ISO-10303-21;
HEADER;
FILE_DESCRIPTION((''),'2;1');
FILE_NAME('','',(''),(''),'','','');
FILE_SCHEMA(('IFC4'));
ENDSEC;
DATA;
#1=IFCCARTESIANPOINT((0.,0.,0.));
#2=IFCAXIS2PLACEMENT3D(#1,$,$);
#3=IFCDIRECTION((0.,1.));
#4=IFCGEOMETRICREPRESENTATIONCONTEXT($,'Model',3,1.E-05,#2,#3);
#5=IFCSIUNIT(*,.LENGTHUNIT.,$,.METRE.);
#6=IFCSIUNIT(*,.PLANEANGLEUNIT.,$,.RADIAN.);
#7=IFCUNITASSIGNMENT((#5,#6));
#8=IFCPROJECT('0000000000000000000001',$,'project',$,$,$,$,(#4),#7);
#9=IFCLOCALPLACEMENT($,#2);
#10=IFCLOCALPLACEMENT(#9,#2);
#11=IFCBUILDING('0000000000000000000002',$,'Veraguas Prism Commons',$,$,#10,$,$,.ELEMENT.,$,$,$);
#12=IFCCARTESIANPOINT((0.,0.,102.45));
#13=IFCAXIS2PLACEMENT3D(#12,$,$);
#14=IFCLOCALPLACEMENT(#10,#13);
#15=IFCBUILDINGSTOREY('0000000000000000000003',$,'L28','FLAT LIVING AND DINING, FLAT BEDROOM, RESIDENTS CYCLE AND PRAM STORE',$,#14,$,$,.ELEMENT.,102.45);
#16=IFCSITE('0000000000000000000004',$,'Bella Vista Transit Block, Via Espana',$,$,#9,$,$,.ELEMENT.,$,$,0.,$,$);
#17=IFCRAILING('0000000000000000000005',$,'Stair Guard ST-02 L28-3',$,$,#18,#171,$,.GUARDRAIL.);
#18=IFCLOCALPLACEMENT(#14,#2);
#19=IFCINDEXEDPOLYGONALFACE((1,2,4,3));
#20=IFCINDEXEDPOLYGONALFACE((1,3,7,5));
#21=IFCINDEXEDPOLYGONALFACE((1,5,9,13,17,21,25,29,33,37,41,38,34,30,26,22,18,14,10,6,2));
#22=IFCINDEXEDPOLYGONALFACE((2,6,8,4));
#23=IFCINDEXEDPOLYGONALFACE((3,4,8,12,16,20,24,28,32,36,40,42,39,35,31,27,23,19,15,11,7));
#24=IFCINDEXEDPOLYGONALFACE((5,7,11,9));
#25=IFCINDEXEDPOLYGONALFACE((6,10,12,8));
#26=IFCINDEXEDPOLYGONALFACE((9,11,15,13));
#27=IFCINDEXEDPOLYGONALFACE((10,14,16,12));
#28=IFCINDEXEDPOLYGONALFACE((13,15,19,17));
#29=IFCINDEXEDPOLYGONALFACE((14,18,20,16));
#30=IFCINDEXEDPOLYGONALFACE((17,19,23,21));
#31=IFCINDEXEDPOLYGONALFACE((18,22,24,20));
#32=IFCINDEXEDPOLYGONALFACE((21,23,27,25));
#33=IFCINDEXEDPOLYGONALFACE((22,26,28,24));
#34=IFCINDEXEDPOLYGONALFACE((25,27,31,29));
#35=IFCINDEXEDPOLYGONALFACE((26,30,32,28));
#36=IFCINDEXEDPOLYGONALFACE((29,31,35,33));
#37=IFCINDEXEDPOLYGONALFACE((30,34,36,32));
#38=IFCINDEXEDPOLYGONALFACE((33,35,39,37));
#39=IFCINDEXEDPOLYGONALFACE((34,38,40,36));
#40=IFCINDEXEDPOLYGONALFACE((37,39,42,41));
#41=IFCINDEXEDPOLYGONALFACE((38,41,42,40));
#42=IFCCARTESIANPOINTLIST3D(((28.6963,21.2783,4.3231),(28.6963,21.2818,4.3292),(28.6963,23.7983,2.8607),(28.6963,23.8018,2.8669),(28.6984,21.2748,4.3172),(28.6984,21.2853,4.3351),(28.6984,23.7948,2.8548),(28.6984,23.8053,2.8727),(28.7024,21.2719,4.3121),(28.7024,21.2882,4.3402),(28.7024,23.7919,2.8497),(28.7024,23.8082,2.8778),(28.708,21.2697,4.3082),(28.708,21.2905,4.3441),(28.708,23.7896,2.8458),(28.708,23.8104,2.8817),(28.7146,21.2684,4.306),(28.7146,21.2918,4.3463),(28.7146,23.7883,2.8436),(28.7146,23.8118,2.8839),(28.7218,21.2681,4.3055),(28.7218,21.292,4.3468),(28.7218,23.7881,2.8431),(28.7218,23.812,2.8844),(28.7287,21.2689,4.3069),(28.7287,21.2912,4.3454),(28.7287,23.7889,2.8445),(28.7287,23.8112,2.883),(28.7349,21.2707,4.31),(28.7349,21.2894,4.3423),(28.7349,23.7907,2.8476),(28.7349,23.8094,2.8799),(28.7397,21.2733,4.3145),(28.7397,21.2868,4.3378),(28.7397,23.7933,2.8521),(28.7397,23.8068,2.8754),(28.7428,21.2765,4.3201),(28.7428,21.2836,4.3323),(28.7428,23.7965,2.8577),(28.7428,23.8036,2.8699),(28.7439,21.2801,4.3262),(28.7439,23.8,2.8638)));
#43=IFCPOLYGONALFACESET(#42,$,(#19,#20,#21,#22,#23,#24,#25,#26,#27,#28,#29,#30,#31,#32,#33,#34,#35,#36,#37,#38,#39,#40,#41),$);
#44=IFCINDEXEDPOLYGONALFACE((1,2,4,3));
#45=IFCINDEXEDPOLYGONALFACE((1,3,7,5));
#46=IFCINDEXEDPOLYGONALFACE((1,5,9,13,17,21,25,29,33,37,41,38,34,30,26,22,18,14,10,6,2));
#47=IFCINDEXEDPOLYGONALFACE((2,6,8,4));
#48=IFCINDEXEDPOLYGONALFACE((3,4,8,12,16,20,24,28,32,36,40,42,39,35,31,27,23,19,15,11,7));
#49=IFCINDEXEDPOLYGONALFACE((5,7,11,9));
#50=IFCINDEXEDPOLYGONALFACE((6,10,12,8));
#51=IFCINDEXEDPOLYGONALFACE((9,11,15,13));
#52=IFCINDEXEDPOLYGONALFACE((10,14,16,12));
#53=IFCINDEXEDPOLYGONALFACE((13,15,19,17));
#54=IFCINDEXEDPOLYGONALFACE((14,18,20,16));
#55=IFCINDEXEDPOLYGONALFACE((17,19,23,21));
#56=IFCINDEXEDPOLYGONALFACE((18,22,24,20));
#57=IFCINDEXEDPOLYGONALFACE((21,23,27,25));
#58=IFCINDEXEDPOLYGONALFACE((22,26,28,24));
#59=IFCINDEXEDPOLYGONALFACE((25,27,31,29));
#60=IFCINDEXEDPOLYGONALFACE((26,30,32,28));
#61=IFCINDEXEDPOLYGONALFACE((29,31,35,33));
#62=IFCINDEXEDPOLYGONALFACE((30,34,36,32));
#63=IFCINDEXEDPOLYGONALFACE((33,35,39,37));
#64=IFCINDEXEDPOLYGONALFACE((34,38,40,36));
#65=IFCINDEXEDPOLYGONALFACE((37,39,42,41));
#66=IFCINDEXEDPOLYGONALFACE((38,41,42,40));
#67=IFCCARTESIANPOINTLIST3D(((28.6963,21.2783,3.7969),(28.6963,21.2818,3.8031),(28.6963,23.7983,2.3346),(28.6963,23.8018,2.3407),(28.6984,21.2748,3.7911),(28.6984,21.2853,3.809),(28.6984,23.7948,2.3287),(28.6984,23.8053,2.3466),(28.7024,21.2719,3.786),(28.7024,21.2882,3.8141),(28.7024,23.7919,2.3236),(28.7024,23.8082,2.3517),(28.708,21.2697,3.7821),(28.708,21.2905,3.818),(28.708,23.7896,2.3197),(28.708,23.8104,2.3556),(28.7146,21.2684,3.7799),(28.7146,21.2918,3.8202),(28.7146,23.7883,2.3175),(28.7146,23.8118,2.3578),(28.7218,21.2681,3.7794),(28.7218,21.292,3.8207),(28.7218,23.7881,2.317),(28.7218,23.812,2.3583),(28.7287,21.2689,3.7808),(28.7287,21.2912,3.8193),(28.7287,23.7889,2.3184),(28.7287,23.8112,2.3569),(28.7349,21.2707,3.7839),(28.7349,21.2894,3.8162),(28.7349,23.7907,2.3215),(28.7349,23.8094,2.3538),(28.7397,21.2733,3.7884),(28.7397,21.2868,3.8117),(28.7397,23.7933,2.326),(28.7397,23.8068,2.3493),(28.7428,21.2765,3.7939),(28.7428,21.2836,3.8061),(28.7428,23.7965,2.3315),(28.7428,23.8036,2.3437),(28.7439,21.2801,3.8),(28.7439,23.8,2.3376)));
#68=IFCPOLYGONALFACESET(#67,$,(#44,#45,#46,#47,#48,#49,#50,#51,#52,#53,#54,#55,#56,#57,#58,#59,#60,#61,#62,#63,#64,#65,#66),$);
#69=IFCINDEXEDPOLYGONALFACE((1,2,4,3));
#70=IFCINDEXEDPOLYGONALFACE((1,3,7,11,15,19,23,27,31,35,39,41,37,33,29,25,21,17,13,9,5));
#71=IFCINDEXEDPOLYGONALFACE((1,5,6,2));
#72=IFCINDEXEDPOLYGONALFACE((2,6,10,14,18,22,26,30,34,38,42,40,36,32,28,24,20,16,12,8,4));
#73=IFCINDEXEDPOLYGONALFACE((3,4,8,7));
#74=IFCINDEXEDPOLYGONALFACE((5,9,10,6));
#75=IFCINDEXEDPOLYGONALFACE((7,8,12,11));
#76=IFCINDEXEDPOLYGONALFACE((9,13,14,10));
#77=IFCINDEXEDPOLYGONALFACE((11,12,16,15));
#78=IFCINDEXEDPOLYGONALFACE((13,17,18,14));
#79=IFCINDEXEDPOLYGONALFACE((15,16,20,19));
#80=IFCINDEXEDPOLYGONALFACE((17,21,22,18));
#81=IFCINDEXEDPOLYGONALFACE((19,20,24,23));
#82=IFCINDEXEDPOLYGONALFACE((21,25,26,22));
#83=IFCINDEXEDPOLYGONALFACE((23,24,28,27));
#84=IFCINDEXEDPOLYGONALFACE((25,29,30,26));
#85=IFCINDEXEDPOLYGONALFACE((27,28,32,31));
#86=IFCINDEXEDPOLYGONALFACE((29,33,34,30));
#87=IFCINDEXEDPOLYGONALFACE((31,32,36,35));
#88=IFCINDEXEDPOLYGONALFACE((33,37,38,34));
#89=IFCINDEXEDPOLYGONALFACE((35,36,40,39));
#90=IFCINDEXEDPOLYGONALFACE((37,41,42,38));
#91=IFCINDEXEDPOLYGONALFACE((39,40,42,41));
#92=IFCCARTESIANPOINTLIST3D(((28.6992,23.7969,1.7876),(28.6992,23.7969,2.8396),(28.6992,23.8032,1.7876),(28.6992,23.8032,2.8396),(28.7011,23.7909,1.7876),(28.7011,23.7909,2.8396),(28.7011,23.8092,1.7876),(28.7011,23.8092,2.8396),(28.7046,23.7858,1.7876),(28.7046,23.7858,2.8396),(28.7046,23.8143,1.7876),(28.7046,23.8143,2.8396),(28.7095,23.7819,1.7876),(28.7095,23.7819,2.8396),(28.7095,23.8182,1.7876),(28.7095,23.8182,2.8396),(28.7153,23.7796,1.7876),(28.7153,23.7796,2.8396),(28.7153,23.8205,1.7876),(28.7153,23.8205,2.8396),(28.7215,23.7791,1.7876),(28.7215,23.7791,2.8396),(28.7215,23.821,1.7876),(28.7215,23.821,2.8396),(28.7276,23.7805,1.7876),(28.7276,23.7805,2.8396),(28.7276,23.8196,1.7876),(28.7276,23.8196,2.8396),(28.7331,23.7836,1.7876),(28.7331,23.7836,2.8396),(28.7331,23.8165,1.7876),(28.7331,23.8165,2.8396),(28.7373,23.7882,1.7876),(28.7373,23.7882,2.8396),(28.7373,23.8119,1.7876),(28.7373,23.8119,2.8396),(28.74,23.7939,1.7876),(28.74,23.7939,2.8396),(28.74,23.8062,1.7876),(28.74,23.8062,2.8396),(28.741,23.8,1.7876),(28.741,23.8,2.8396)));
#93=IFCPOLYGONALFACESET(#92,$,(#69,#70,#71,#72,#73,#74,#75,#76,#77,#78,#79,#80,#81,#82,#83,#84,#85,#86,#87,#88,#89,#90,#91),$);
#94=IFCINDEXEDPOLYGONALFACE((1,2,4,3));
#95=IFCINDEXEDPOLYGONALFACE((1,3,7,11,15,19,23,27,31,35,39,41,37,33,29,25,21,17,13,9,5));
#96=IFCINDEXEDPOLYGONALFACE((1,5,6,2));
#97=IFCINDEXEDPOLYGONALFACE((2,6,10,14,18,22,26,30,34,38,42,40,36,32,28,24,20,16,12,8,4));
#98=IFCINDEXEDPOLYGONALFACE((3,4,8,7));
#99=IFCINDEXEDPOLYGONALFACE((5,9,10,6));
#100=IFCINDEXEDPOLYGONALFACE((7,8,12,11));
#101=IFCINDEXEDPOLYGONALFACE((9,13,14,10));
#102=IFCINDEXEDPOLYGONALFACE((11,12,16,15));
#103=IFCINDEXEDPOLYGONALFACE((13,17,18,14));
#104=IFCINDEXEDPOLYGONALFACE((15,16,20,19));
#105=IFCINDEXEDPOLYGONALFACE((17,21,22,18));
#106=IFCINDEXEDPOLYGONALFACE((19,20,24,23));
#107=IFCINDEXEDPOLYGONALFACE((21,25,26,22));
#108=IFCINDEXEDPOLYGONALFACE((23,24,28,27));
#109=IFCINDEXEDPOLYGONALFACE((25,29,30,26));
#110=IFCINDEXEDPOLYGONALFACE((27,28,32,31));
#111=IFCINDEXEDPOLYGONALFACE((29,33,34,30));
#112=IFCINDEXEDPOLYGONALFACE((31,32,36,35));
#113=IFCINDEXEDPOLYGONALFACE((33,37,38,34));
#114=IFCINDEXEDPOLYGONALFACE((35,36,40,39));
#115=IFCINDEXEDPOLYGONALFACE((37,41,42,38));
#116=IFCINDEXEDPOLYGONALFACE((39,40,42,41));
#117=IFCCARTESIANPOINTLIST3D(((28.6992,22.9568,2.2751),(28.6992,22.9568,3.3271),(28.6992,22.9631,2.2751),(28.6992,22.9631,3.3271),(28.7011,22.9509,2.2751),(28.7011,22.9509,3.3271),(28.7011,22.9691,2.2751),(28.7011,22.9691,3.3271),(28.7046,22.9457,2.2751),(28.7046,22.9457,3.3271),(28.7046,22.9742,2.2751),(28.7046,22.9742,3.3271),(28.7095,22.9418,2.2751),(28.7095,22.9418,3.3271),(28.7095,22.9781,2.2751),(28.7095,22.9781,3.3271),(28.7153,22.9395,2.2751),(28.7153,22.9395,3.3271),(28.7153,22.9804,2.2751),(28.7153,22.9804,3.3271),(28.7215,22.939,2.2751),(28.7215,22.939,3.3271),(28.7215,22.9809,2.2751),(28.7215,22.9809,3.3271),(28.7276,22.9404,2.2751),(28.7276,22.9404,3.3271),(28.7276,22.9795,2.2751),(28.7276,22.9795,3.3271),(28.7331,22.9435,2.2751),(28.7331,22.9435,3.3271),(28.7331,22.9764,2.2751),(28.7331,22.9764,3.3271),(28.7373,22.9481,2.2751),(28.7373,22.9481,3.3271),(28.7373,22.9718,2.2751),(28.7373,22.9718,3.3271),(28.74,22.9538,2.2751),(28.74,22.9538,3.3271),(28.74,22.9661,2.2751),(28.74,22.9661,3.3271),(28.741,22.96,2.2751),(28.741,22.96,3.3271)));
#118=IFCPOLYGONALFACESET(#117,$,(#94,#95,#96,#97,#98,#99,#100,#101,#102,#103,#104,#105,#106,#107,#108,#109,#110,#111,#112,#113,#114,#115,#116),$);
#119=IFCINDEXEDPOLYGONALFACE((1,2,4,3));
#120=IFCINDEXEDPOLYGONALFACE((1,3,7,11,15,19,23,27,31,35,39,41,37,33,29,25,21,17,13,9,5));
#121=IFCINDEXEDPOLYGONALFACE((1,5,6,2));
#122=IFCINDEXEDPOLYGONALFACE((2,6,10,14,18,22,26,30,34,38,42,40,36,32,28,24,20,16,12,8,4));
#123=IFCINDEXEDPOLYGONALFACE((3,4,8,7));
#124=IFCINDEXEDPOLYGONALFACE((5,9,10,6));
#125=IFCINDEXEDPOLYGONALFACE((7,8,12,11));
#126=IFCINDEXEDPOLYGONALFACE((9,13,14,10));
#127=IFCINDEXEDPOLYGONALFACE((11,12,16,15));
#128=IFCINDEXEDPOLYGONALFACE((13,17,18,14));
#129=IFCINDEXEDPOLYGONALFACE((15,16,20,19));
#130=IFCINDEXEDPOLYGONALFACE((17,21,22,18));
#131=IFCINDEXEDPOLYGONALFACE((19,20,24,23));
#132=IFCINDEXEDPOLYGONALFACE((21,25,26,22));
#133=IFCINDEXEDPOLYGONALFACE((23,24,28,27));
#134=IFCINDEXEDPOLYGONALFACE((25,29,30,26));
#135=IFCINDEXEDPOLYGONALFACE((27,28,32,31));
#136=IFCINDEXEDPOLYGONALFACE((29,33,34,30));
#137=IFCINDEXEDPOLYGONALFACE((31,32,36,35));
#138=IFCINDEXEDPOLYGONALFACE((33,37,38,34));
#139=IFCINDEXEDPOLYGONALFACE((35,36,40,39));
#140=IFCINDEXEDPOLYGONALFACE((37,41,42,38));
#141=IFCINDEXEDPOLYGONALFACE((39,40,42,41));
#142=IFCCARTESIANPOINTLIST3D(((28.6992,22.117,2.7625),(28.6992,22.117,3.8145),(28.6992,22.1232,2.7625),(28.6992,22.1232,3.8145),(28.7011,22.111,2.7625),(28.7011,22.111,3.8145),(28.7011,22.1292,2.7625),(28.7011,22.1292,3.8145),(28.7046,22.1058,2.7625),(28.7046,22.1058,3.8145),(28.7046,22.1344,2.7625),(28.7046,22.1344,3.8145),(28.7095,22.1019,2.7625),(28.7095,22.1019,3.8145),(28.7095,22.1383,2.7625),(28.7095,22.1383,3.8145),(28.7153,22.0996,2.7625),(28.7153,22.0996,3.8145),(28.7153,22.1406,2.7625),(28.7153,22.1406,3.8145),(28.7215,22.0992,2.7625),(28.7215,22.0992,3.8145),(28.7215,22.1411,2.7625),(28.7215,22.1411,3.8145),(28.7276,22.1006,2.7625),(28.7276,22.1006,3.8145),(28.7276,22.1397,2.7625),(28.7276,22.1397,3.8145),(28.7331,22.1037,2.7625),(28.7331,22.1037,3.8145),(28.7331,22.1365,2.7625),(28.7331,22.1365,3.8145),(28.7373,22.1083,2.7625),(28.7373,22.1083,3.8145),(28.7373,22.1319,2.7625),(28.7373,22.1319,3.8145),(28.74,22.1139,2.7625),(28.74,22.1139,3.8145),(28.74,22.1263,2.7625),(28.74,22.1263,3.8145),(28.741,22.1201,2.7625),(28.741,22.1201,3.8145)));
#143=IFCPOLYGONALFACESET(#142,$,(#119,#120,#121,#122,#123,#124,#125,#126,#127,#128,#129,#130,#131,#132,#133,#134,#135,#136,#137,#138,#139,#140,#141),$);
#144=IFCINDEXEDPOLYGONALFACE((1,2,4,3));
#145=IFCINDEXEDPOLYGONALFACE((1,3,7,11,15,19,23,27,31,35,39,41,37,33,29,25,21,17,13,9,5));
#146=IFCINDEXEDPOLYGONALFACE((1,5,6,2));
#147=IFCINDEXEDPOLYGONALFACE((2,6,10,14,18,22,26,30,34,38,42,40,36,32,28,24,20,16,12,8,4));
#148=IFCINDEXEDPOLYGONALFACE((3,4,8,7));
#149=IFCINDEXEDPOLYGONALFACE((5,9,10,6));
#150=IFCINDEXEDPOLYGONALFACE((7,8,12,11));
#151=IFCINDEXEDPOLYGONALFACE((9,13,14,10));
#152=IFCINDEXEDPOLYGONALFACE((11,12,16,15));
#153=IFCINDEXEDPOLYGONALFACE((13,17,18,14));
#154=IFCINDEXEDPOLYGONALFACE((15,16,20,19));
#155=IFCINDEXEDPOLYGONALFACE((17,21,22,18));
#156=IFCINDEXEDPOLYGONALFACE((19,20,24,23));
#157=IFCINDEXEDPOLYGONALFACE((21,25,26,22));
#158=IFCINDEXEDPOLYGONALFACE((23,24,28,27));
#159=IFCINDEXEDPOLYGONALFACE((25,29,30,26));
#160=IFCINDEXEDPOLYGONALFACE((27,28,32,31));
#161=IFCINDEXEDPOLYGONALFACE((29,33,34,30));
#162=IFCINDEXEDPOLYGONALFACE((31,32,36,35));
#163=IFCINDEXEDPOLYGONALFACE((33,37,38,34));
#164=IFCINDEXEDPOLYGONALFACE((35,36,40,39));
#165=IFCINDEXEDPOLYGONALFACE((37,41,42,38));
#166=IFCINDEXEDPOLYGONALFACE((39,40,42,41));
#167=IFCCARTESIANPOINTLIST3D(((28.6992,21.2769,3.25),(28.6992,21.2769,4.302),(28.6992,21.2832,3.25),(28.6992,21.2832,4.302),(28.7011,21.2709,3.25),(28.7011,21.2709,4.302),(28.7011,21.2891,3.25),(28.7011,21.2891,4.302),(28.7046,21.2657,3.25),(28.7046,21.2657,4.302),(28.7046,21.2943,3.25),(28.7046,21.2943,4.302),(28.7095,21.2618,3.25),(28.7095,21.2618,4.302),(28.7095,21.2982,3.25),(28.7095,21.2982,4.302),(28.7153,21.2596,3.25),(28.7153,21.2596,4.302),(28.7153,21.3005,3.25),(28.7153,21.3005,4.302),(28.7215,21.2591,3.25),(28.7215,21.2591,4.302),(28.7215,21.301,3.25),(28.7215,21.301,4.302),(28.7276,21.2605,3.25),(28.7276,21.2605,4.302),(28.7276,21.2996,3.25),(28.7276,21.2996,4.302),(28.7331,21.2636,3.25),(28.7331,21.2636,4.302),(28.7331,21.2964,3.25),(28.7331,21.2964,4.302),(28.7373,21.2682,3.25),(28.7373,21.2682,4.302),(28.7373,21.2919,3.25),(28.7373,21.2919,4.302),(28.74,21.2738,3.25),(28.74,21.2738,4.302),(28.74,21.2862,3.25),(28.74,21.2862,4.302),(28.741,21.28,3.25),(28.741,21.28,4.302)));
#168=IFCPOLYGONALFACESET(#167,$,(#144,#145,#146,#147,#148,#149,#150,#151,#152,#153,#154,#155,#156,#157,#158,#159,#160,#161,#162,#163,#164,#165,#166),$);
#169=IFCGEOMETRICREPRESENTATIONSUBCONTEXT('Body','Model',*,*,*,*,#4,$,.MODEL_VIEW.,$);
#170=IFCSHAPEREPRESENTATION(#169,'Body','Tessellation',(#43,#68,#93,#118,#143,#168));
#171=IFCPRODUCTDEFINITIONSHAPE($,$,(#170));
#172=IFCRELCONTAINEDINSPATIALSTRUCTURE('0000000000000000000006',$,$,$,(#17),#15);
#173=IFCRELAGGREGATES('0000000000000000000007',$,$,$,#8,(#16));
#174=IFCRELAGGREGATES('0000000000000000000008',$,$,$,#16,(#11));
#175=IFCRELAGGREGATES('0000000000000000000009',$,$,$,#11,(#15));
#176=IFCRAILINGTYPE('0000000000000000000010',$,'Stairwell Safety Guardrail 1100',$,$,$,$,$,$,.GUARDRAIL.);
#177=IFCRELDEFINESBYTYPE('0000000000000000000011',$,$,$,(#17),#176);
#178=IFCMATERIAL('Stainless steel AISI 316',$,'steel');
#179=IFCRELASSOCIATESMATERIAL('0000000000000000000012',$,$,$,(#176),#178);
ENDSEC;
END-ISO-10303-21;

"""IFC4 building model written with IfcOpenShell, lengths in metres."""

from ifc_helpers import new_model, si_unit, direction, frame, origin, origin_2d, place, context, subcontext, project, spatial, circle, extrude, material, type_object, element, save


model = new_model("IFC4")

# Units and contexts
model_context = context("Model", 3, precision=1e-05, world=origin(), true_north=direction((0.0, 1.0)))
body_context = subcontext(model_context, "Body", "Model", "MODEL_VIEW")
ifc_project = project(units=[si_unit("LENGTHUNIT", "METRE"), si_unit("PLANEANGLEUNIT", "RADIAN")], contexts=[model_context])

# Site, building, storey
site_placement = place(None, origin())
site = spatial("IfcSite", under=ifc_project, at=site_placement, Name="Bella Vista Transit Block, Via Espana", CompositionType="ELEMENT", RefElevation=0.0)
building_placement = place(site_placement, origin())
building = spatial("IfcBuilding", under=site, at=building_placement, Name="Veraguas Prism Commons", CompositionType="ELEMENT")
storey_placement = place(building_placement, frame((0.0, 0.0, 102.45)))
storey = spatial("IfcBuildingStorey", under=building, at=storey_placement, Name="L28", Description="FLAT LIVING AND DINING, FLAT BEDROOM, RESIDENTS CYCLE AND PRAM STORE", CompositionType="ELEMENT", Elevation=102.45)

# Shared definitions
ifc_material_1 = material(Name="Stainless steel AISI 316", Category="steel")

# Railing
railing_type_1 = type_object("IfcRailingType", Name="Stairwell Safety Guardrail 1100", PredefinedType="GUARDRAIL", material=ifc_material_1)
railing_1_placement = place(storey_placement, frame((28.72, 23.8, 1.7876)))
element("IfcRailing", 1, at=railing_1_placement, inside=storey, type_object=railing_type_1, Name="Stair Guard ST-02 L28-3", PredefinedType="GUARDRAIL", context=body_context, shape_type="SweptSolid", body=[
    extrude(circle(Radius=0.0239, at=origin_2d()), frame((0.0, 0.0, 1.0762), z_axis=(0.0, -0.864913, 0.501921), x_axis=(1.0, 0.0, 0.0)), (0.0, 0.0, 1.0), 2.9136),
    extrude(circle(Radius=0.0239, at=origin_2d()), frame((0.0, 0.0, 0.55), z_axis=(0.0, -0.864913, 0.501921), x_axis=(1.0, 0.0, 0.0)), (0.0, 0.0, 1.0), 2.9136),
    extrude(circle(Radius=0.021, at=origin_2d()), origin(), (0.0, 0.0, 1.0), 1.052),
    extrude(circle(Radius=0.021, at=origin_2d()), frame((0.0, -0.8401, 0.4875)), (0.0, 0.0, 1.0), 1.052),
    extrude(circle(Radius=0.021, at=origin_2d()), frame((0.0, -1.6799, 0.9749)), (0.0, 0.0, 1.0), 1.052),
    extrude(circle(Radius=0.021, at=origin_2d()), frame((0.0, -2.52, 1.4624)), (0.0, 0.0, 1.0), 1.052),
])

save(model, "model.ifc")
